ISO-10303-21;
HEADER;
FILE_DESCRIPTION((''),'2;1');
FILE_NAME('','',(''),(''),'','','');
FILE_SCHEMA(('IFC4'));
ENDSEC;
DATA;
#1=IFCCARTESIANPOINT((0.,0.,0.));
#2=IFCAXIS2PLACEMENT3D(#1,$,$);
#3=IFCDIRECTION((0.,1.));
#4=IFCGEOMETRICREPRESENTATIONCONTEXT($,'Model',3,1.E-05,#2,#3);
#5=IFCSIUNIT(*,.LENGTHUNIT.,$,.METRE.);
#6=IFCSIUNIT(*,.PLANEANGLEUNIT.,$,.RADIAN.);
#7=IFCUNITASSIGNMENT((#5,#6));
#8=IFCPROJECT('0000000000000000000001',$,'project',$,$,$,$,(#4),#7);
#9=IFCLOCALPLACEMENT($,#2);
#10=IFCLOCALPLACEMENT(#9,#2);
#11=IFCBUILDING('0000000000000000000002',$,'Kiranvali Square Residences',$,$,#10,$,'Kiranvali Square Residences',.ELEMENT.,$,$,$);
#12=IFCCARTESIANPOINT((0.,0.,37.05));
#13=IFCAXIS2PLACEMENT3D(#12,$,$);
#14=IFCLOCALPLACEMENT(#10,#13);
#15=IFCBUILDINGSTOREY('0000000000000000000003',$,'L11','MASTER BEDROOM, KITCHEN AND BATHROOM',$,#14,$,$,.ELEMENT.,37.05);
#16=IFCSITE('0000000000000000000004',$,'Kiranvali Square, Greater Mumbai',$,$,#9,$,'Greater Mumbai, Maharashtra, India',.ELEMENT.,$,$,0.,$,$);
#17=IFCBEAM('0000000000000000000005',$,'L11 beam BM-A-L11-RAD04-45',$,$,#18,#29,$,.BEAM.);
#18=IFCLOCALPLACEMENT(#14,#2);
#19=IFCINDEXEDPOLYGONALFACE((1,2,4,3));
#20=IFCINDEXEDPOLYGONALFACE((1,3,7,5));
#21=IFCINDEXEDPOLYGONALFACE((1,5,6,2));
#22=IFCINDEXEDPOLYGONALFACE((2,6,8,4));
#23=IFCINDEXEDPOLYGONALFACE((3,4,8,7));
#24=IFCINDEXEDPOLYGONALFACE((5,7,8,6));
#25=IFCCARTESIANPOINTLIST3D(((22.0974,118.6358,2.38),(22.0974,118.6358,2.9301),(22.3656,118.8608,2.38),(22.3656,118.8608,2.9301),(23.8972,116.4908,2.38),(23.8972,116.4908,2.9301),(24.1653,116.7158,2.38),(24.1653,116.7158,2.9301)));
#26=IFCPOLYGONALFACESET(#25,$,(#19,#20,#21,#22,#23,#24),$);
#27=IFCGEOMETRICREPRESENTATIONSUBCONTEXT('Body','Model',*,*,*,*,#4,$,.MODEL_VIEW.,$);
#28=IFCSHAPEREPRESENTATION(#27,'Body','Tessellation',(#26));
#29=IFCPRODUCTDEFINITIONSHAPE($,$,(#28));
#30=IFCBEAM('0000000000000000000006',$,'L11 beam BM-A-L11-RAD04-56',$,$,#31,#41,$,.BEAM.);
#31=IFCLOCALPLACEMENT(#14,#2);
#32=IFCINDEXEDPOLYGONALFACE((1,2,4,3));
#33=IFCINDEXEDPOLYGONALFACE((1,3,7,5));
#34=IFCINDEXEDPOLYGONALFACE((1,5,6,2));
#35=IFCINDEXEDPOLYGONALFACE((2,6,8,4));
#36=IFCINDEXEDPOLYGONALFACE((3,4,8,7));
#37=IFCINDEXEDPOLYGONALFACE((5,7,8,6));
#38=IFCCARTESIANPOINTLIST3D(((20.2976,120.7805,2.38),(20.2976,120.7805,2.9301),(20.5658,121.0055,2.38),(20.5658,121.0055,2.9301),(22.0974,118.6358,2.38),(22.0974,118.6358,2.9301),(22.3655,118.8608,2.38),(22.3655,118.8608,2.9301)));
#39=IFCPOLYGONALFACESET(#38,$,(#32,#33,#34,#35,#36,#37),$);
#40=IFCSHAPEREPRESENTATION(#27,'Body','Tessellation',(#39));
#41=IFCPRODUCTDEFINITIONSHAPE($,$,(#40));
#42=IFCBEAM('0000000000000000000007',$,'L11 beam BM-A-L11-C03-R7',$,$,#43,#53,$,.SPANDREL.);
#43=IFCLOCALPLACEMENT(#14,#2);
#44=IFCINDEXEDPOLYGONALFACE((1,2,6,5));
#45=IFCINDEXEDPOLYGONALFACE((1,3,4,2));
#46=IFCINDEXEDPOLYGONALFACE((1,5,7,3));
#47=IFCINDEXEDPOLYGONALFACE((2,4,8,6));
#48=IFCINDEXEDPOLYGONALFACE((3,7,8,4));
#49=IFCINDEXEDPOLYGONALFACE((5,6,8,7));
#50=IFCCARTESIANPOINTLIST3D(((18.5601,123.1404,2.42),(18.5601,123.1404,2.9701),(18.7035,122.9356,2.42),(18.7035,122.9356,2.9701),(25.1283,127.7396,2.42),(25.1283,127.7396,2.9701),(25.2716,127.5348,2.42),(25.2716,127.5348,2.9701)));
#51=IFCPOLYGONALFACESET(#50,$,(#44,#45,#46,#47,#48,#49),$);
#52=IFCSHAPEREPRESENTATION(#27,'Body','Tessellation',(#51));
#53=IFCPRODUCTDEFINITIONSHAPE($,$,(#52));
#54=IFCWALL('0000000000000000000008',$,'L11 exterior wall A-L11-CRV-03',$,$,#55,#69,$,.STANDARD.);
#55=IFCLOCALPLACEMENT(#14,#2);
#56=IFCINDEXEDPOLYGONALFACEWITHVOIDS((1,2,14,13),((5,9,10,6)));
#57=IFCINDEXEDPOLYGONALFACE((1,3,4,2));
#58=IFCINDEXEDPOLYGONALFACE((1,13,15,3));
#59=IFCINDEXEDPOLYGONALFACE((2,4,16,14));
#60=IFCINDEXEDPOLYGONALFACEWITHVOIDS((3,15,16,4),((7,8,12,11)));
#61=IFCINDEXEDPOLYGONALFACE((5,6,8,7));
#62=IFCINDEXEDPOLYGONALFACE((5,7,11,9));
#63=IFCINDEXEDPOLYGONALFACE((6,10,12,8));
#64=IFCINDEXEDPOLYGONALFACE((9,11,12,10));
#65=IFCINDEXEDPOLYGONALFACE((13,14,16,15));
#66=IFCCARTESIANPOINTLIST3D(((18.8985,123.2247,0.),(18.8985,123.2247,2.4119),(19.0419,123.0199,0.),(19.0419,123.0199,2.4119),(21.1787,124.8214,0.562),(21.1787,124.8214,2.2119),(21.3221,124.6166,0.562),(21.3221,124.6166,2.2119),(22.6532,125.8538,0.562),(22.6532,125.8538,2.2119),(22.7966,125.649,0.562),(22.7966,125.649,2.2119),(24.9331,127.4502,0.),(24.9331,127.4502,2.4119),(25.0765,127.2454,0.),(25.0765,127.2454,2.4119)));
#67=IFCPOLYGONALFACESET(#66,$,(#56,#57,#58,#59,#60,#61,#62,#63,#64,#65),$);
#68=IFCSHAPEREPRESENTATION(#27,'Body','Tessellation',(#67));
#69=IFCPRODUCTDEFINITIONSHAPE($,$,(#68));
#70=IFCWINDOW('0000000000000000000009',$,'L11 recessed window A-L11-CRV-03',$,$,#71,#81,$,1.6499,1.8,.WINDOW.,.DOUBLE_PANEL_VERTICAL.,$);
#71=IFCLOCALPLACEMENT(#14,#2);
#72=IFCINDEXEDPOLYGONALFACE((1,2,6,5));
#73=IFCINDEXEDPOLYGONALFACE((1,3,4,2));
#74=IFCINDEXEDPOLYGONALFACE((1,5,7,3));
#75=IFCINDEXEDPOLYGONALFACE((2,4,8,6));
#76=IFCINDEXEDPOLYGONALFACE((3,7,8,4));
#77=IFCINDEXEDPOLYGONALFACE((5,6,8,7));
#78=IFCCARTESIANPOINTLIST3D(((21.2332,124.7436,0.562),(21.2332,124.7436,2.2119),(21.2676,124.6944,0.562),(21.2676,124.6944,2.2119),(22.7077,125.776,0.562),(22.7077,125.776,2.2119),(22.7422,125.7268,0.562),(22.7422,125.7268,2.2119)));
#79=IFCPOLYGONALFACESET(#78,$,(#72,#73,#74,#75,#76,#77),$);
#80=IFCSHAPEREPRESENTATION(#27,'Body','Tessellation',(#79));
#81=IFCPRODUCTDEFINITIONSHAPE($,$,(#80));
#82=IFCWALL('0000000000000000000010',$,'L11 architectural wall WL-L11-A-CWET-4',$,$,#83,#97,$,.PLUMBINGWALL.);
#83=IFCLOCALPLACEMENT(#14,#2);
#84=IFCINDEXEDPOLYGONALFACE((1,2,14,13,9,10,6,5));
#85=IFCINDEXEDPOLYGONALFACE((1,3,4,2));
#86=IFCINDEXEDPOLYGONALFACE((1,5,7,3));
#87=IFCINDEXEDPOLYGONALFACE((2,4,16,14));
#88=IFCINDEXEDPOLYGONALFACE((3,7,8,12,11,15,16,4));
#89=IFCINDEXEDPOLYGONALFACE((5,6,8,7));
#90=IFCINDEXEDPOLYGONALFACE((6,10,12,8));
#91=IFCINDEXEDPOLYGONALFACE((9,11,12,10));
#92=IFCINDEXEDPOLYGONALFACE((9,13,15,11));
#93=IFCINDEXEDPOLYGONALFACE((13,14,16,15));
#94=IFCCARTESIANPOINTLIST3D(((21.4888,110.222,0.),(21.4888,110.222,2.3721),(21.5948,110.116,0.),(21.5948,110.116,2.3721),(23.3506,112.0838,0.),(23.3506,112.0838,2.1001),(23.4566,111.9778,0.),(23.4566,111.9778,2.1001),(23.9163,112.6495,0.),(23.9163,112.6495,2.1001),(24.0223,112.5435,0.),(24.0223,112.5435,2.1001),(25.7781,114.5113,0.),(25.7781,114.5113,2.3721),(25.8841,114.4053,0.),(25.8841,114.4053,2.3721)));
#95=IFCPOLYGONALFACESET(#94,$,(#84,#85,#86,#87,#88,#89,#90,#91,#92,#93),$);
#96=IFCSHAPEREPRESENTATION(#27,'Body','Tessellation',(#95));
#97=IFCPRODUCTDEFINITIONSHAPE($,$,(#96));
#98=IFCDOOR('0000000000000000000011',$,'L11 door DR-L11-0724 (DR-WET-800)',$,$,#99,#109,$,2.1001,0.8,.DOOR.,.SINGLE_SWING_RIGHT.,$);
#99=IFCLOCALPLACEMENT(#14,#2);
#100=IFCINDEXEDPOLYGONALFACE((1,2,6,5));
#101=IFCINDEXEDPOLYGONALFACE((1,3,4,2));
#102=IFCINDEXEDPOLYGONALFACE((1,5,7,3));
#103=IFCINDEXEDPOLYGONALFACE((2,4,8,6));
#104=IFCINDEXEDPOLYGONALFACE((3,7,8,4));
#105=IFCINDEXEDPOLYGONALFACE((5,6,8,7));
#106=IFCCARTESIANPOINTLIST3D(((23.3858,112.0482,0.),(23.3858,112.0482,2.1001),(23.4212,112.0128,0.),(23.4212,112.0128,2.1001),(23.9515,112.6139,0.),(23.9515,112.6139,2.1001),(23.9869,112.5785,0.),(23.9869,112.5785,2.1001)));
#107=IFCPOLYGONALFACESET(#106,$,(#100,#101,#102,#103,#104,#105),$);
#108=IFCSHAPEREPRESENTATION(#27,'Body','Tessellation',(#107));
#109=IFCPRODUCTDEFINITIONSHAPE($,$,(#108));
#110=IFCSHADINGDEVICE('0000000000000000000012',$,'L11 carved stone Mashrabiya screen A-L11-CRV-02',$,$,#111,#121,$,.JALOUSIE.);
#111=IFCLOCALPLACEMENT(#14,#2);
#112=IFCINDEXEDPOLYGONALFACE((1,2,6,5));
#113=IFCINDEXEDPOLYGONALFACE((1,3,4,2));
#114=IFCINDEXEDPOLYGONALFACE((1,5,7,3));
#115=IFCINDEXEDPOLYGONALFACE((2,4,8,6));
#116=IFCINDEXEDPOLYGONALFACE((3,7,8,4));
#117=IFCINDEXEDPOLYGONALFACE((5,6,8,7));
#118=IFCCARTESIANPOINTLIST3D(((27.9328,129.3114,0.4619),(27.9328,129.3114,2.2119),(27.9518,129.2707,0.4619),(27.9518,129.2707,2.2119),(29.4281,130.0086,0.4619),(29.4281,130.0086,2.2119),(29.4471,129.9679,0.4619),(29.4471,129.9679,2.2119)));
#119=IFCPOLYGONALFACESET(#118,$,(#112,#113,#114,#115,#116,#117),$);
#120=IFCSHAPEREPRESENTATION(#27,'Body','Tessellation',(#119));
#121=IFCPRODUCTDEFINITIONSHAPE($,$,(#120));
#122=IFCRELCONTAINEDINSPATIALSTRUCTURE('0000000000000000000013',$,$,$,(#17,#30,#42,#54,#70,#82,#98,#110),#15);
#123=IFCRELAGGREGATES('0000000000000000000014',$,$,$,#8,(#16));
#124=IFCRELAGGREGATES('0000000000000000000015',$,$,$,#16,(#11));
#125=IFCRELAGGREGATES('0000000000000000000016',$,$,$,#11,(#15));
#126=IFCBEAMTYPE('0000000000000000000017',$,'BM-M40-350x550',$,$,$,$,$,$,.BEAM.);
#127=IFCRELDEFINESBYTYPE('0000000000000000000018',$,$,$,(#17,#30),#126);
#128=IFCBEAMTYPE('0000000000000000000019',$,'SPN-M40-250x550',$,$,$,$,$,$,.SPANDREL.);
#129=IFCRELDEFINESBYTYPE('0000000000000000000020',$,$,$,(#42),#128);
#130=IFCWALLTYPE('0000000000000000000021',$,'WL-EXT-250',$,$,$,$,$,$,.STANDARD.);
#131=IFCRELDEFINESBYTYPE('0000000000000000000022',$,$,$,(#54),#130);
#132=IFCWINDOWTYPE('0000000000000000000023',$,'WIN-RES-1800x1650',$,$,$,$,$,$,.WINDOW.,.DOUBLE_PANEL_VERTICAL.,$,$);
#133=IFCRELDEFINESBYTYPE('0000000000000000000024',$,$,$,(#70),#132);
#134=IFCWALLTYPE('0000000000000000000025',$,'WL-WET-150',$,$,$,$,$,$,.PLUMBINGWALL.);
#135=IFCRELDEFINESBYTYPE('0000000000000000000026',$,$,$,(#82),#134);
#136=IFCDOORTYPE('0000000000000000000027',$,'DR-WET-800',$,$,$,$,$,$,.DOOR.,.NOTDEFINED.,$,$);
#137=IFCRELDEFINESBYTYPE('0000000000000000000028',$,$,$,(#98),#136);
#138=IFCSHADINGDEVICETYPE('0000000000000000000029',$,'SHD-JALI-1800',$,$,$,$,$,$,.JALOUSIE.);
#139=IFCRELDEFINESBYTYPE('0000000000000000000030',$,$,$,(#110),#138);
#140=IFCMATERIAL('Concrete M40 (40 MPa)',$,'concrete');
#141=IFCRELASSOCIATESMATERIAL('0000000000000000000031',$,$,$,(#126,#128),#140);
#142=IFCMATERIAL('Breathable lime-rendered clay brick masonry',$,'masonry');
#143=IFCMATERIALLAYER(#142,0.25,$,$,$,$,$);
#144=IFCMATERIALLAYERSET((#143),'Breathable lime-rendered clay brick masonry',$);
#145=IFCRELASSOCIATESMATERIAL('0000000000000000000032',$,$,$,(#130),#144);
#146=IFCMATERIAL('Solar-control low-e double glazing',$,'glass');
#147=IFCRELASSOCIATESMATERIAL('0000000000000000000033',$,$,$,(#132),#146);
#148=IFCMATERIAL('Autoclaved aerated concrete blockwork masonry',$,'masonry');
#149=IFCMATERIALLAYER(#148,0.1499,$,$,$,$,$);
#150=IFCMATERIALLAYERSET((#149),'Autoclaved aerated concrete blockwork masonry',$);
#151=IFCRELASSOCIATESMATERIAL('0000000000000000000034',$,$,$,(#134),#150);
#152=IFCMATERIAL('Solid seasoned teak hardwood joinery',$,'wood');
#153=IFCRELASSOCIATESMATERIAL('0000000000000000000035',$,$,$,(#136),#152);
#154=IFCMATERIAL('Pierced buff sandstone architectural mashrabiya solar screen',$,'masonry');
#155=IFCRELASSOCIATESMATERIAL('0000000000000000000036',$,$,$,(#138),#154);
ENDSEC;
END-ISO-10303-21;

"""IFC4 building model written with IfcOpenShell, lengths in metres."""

from ifc_helpers import new_model, si_unit, direction, frame, frame_2d, origin, origin_2d, place, context, subcontext, project, spatial, rectangle, extrude, material, layer, layer_set, material_profile, profile_set, type_object, element, fill, save


model = new_model("IFC4")

# Units and contexts
model_context = context("Model", 3, precision=1e-05, world=origin(), true_north=direction((0.0, 1.0)))
body_context = subcontext(model_context, "Body", "Model", "MODEL_VIEW")
ifc_project = project(units=[si_unit("LENGTHUNIT", "METRE"), si_unit("PLANEANGLEUNIT", "RADIAN")], contexts=[model_context])

# Site, building, storey
site_placement = place(None, origin())
site = spatial("IfcSite", under=ifc_project, at=site_placement, Name="Kiranvali Square, Greater Mumbai", LongName="Greater Mumbai, Maharashtra, India", CompositionType="ELEMENT", RefElevation=0.0)
building_placement = place(site_placement, origin())
building = spatial("IfcBuilding", under=site, at=building_placement, Name="Kiranvali Square Residences", LongName="Kiranvali Square Residences", CompositionType="ELEMENT")
storey_placement = place(building_placement, frame((0.0, 0.0, 37.05)))
storey = spatial("IfcBuildingStorey", under=building, at=storey_placement, Name="L11", Description="MASTER BEDROOM, KITCHEN AND BATHROOM", CompositionType="ELEMENT", Elevation=37.05)

# Shared definitions
ifc_material_1 = material(Name="Concrete M40 (40 MPa)", Category="concrete")

# Beams
ifc_material_profile_1 = material_profile(ifc_material_1, rectangle(XDim=0.3501, YDim=0.55, at=origin_2d()), Name="RC 350x550")
ifc_profile_set_1 = profile_set([ifc_material_profile_1], Name="Concrete M40 (40 MPa)")
beam_type_1 = type_object("IfcBeamType", Name="BM-M40-350x550", PredefinedType="BEAM", material=ifc_profile_set_1)
for number, where, z_axis, x_axis, name in (
    (1, (24.0312, 116.6033, 2.655), (-0.642771, 0.766059, 0.0), (-0.766059, -0.642771, 0.0), "L11 beam BM-A-L11-RAD04-45"),
):
    element("IfcBeam", number, at=place(storey_placement, frame(where, z_axis=z_axis, x_axis=x_axis)), inside=storey, type_object=beam_type_1, Name=name, PredefinedType="BEAM", context=body_context, shape_type="SweptSolid", body=[
        extrude(rectangle(XDim=0.3501, YDim=0.55, at=origin_2d()), origin(), (0.0, 0.0, 1.0), 2.8),
    ])
beam_1_placement = place(storey_placement, frame((22.2314, 118.7483, 2.655), z_axis=(-0.642814, 0.766023, 0.0), x_axis=(-0.766023, -0.642814, 0.0)))
element("IfcBeam", 2, at=beam_1_placement, inside=storey, type_object=beam_type_1, Name="L11 beam BM-A-L11-RAD04-56", PredefinedType="BEAM", context=body_context, shape_type="SweptSolid", body=[
    extrude(rectangle(XDim=0.3501, YDim=0.55, at=origin_2d()), origin(), (0.0, 0.0, 1.0), 2.7998),
])
ifc_material_profile_2 = material_profile(ifc_material_1, rectangle(XDim=0.25, YDim=0.55, at=origin_2d()), Name="RC 250x550")
ifc_profile_set_2 = profile_set([ifc_material_profile_2], Name="Concrete M40 (40 MPa)")
beam_type_2 = type_object("IfcBeamType", Name="SPN-M40-250x550", PredefinedType="SPANDREL", material=ifc_profile_set_2)
beam_2_placement = place(storey_placement, frame((25.2, 127.6372, 2.6951), z_axis=(-0.819148, -0.573583, 0.0), x_axis=(0.573583, -0.819148, 0.0)))
element("IfcBeam", 3, at=beam_2_placement, inside=storey, type_object=beam_type_2, Name="L11 beam BM-A-L11-C03-R7", PredefinedType="SPANDREL", context=body_context, shape_type="SweptSolid", body=[
    extrude(rectangle(XDim=0.25, YDim=0.55, at=origin_2d()), origin(), (0.0, 0.0, 1.0), 8.0183),
])

# Wall, opening, window
ifc_material_2 = material(Name="Breathable lime-rendered clay brick masonry", Category="masonry")
ifc_layer_1 = layer(ifc_material_2, 0.25)
ifc_layer_set_1 = layer_set([ifc_layer_1], Name="Breathable lime-rendered clay brick masonry")
wall_type_1 = type_object("IfcWallType", Name="WL-EXT-250", PredefinedType="STANDARD", material=ifc_layer_set_1)
wall_1_placement = place(storey_placement, frame((25.0049, 127.3479, 0.0), z_axis=(0.0, 0.0, 1.0), x_axis=(-0.819148, -0.573582, 0.0)))
wall_1 = element("IfcWall", 4, at=wall_1_placement, inside=storey, type_object=wall_type_1, Name="L11 exterior wall A-L11-CRV-03", PredefinedType="STANDARD", context=body_context, shape_type="SweptSolid", body=[
    extrude(rectangle(XDim=7.3669, YDim=0.25, at=frame_2d((3.6836, 0.0))), origin(), (0.0, 0.0, 1.0), 2.4119),
])
opening_1_placement = place(wall_1_placement, frame((2.7834, 0.0, 0.562)))
opening_1 = element("IfcOpeningElement", 5, at=opening_1_placement, cuts=wall_1, PredefinedType="OPENING", context=body_context, shape_type="SweptSolid", body=[
    extrude(rectangle(XDim=1.8, YDim=1.6499, at=frame_2d((0.8999, 0.825))), frame((0.0, 0.135, 0.0), z_axis=(0.0, -1.0, 0.0), x_axis=(1.0, 0.0, 0.0)), (0.0, 0.0, 1.0), 0.27),
])
ifc_material_3 = material(Name="Solar-control low-e double glazing", Category="glass")
window_type = type_object("IfcWindowType", Name="WIN-RES-1800x1650", PartitioningType="DOUBLE_PANEL_VERTICAL", PredefinedType="WINDOW", material=ifc_material_3)
window_placement = place(opening_1_placement, origin())
window = element("IfcWindow", 6, at=window_placement, inside=storey, type_object=window_type, Name="L11 recessed window A-L11-CRV-03", OverallHeight=1.6499, OverallWidth=1.8, PartitioningType="DOUBLE_PANEL_VERTICAL", PredefinedType="WINDOW", context=body_context, shape_type="SweptSolid", body=[
    extrude(rectangle(XDim=1.8, YDim=1.6499, at=frame_2d((0.8999, 0.825))), frame((0.0, 0.03, 0.0), z_axis=(0.0, -1.0, 0.0), x_axis=(1.0, 0.0, 0.0)), (0.0, 0.0, 1.0), 0.0601),
])
fill(opening_1, window)

# Wall, opening, door
ifc_material_4 = material(Name="Autoclaved aerated concrete blockwork masonry", Category="masonry")
ifc_layer_2 = layer(ifc_material_4, 0.1499)
ifc_layer_set_2 = layer_set([ifc_layer_2], Name="Autoclaved aerated concrete blockwork masonry")
wall_type_2 = type_object("IfcWallType", Name="WL-WET-150", PredefinedType="PLUMBINGWALL", material=ifc_layer_set_2)
wall_2_placement = place(storey_placement, frame((25.8311, 114.4583, 0.0), z_axis=(0.0, 0.0, 1.0), x_axis=(-0.707107, -0.707107, 0.0)))
wall_2 = element("IfcWall", 7, at=wall_2_placement, inside=storey, type_object=wall_type_2, Name="L11 architectural wall WL-L11-A-CWET-4", PredefinedType="PLUMBINGWALL", context=body_context, shape_type="SweptSolid", body=[
    extrude(rectangle(XDim=6.0659, YDim=0.1499, at=frame_2d((3.033, 0.0))), origin(), (0.0, 0.0, 1.0), 2.3721),
])
opening_2_placement = place(wall_2_placement, frame((2.6331, 0.0, 0.0)))
opening_2 = element("IfcOpeningElement", 8, at=opening_2_placement, cuts=wall_2, PredefinedType="OPENING", context=body_context, shape_type="SweptSolid", body=[
    extrude(rectangle(XDim=0.8, YDim=2.1001, at=frame_2d((0.3999, 1.05))), frame((0.0, 0.085, 0.0), z_axis=(0.0, -1.0, 0.0), x_axis=(1.0, 0.0, 0.0)), (0.0, 0.0, 1.0), 0.1699),
])
ifc_material_5 = material(Name="Solid seasoned teak hardwood joinery", Category="wood")
door_type = type_object("IfcDoorType", Name="DR-WET-800", OperationType="NOTDEFINED", PredefinedType="DOOR", material=ifc_material_5)
door_placement = place(opening_2_placement, frame((0.8, 0.0, 0.0), z_axis=(0.0, 0.0, 1.0), x_axis=(-1.0, 0.0, 0.0)))
door = element("IfcDoor", 9, at=door_placement, inside=storey, type_object=door_type, Name="L11 door DR-L11-0724 (DR-WET-800)", OperationType="SINGLE_SWING_RIGHT", OverallHeight=2.1001, OverallWidth=0.8, PredefinedType="DOOR", context=body_context, shape_type="SweptSolid", body=[
    extrude(rectangle(XDim=0.8, YDim=2.1001, at=frame_2d((0.3999, 1.05))), frame((0.0, 0.0249, 0.0), z_axis=(0.0, -1.0, 0.0), x_axis=(1.0, 0.0, 0.0)), (0.0, 0.0, 1.0), 0.05),
])
fill(opening_2, door)

# Shading device
ifc_material_6 = material(Name="Pierced buff sandstone architectural mashrabiya solar screen", Category="masonry")
shading_device_type = type_object("IfcShadingDeviceType", Name="SHD-JALI-1800", PredefinedType="JALOUSIE", material=ifc_material_6)
shading_device_placement = place(storey_placement, frame((28.6899, 129.6396, 0.4619), z_axis=(0.0, 0.0, 1.0), x_axis=(-0.906308, -0.422618, 0.0)))
element("IfcShadingDevice", 10, at=shading_device_placement, inside=storey, type_object=shading_device_type, Name="L11 carved stone Mashrabiya screen A-L11-CRV-02", PredefinedType="JALOUSIE", context=body_context, shape_type="SweptSolid", body=[
    extrude(rectangle(XDim=1.6499, YDim=0.0449, at=origin_2d()), origin(), (0.0, 0.0, 1.0), 1.75),
])

save(model, "model.ifc")
